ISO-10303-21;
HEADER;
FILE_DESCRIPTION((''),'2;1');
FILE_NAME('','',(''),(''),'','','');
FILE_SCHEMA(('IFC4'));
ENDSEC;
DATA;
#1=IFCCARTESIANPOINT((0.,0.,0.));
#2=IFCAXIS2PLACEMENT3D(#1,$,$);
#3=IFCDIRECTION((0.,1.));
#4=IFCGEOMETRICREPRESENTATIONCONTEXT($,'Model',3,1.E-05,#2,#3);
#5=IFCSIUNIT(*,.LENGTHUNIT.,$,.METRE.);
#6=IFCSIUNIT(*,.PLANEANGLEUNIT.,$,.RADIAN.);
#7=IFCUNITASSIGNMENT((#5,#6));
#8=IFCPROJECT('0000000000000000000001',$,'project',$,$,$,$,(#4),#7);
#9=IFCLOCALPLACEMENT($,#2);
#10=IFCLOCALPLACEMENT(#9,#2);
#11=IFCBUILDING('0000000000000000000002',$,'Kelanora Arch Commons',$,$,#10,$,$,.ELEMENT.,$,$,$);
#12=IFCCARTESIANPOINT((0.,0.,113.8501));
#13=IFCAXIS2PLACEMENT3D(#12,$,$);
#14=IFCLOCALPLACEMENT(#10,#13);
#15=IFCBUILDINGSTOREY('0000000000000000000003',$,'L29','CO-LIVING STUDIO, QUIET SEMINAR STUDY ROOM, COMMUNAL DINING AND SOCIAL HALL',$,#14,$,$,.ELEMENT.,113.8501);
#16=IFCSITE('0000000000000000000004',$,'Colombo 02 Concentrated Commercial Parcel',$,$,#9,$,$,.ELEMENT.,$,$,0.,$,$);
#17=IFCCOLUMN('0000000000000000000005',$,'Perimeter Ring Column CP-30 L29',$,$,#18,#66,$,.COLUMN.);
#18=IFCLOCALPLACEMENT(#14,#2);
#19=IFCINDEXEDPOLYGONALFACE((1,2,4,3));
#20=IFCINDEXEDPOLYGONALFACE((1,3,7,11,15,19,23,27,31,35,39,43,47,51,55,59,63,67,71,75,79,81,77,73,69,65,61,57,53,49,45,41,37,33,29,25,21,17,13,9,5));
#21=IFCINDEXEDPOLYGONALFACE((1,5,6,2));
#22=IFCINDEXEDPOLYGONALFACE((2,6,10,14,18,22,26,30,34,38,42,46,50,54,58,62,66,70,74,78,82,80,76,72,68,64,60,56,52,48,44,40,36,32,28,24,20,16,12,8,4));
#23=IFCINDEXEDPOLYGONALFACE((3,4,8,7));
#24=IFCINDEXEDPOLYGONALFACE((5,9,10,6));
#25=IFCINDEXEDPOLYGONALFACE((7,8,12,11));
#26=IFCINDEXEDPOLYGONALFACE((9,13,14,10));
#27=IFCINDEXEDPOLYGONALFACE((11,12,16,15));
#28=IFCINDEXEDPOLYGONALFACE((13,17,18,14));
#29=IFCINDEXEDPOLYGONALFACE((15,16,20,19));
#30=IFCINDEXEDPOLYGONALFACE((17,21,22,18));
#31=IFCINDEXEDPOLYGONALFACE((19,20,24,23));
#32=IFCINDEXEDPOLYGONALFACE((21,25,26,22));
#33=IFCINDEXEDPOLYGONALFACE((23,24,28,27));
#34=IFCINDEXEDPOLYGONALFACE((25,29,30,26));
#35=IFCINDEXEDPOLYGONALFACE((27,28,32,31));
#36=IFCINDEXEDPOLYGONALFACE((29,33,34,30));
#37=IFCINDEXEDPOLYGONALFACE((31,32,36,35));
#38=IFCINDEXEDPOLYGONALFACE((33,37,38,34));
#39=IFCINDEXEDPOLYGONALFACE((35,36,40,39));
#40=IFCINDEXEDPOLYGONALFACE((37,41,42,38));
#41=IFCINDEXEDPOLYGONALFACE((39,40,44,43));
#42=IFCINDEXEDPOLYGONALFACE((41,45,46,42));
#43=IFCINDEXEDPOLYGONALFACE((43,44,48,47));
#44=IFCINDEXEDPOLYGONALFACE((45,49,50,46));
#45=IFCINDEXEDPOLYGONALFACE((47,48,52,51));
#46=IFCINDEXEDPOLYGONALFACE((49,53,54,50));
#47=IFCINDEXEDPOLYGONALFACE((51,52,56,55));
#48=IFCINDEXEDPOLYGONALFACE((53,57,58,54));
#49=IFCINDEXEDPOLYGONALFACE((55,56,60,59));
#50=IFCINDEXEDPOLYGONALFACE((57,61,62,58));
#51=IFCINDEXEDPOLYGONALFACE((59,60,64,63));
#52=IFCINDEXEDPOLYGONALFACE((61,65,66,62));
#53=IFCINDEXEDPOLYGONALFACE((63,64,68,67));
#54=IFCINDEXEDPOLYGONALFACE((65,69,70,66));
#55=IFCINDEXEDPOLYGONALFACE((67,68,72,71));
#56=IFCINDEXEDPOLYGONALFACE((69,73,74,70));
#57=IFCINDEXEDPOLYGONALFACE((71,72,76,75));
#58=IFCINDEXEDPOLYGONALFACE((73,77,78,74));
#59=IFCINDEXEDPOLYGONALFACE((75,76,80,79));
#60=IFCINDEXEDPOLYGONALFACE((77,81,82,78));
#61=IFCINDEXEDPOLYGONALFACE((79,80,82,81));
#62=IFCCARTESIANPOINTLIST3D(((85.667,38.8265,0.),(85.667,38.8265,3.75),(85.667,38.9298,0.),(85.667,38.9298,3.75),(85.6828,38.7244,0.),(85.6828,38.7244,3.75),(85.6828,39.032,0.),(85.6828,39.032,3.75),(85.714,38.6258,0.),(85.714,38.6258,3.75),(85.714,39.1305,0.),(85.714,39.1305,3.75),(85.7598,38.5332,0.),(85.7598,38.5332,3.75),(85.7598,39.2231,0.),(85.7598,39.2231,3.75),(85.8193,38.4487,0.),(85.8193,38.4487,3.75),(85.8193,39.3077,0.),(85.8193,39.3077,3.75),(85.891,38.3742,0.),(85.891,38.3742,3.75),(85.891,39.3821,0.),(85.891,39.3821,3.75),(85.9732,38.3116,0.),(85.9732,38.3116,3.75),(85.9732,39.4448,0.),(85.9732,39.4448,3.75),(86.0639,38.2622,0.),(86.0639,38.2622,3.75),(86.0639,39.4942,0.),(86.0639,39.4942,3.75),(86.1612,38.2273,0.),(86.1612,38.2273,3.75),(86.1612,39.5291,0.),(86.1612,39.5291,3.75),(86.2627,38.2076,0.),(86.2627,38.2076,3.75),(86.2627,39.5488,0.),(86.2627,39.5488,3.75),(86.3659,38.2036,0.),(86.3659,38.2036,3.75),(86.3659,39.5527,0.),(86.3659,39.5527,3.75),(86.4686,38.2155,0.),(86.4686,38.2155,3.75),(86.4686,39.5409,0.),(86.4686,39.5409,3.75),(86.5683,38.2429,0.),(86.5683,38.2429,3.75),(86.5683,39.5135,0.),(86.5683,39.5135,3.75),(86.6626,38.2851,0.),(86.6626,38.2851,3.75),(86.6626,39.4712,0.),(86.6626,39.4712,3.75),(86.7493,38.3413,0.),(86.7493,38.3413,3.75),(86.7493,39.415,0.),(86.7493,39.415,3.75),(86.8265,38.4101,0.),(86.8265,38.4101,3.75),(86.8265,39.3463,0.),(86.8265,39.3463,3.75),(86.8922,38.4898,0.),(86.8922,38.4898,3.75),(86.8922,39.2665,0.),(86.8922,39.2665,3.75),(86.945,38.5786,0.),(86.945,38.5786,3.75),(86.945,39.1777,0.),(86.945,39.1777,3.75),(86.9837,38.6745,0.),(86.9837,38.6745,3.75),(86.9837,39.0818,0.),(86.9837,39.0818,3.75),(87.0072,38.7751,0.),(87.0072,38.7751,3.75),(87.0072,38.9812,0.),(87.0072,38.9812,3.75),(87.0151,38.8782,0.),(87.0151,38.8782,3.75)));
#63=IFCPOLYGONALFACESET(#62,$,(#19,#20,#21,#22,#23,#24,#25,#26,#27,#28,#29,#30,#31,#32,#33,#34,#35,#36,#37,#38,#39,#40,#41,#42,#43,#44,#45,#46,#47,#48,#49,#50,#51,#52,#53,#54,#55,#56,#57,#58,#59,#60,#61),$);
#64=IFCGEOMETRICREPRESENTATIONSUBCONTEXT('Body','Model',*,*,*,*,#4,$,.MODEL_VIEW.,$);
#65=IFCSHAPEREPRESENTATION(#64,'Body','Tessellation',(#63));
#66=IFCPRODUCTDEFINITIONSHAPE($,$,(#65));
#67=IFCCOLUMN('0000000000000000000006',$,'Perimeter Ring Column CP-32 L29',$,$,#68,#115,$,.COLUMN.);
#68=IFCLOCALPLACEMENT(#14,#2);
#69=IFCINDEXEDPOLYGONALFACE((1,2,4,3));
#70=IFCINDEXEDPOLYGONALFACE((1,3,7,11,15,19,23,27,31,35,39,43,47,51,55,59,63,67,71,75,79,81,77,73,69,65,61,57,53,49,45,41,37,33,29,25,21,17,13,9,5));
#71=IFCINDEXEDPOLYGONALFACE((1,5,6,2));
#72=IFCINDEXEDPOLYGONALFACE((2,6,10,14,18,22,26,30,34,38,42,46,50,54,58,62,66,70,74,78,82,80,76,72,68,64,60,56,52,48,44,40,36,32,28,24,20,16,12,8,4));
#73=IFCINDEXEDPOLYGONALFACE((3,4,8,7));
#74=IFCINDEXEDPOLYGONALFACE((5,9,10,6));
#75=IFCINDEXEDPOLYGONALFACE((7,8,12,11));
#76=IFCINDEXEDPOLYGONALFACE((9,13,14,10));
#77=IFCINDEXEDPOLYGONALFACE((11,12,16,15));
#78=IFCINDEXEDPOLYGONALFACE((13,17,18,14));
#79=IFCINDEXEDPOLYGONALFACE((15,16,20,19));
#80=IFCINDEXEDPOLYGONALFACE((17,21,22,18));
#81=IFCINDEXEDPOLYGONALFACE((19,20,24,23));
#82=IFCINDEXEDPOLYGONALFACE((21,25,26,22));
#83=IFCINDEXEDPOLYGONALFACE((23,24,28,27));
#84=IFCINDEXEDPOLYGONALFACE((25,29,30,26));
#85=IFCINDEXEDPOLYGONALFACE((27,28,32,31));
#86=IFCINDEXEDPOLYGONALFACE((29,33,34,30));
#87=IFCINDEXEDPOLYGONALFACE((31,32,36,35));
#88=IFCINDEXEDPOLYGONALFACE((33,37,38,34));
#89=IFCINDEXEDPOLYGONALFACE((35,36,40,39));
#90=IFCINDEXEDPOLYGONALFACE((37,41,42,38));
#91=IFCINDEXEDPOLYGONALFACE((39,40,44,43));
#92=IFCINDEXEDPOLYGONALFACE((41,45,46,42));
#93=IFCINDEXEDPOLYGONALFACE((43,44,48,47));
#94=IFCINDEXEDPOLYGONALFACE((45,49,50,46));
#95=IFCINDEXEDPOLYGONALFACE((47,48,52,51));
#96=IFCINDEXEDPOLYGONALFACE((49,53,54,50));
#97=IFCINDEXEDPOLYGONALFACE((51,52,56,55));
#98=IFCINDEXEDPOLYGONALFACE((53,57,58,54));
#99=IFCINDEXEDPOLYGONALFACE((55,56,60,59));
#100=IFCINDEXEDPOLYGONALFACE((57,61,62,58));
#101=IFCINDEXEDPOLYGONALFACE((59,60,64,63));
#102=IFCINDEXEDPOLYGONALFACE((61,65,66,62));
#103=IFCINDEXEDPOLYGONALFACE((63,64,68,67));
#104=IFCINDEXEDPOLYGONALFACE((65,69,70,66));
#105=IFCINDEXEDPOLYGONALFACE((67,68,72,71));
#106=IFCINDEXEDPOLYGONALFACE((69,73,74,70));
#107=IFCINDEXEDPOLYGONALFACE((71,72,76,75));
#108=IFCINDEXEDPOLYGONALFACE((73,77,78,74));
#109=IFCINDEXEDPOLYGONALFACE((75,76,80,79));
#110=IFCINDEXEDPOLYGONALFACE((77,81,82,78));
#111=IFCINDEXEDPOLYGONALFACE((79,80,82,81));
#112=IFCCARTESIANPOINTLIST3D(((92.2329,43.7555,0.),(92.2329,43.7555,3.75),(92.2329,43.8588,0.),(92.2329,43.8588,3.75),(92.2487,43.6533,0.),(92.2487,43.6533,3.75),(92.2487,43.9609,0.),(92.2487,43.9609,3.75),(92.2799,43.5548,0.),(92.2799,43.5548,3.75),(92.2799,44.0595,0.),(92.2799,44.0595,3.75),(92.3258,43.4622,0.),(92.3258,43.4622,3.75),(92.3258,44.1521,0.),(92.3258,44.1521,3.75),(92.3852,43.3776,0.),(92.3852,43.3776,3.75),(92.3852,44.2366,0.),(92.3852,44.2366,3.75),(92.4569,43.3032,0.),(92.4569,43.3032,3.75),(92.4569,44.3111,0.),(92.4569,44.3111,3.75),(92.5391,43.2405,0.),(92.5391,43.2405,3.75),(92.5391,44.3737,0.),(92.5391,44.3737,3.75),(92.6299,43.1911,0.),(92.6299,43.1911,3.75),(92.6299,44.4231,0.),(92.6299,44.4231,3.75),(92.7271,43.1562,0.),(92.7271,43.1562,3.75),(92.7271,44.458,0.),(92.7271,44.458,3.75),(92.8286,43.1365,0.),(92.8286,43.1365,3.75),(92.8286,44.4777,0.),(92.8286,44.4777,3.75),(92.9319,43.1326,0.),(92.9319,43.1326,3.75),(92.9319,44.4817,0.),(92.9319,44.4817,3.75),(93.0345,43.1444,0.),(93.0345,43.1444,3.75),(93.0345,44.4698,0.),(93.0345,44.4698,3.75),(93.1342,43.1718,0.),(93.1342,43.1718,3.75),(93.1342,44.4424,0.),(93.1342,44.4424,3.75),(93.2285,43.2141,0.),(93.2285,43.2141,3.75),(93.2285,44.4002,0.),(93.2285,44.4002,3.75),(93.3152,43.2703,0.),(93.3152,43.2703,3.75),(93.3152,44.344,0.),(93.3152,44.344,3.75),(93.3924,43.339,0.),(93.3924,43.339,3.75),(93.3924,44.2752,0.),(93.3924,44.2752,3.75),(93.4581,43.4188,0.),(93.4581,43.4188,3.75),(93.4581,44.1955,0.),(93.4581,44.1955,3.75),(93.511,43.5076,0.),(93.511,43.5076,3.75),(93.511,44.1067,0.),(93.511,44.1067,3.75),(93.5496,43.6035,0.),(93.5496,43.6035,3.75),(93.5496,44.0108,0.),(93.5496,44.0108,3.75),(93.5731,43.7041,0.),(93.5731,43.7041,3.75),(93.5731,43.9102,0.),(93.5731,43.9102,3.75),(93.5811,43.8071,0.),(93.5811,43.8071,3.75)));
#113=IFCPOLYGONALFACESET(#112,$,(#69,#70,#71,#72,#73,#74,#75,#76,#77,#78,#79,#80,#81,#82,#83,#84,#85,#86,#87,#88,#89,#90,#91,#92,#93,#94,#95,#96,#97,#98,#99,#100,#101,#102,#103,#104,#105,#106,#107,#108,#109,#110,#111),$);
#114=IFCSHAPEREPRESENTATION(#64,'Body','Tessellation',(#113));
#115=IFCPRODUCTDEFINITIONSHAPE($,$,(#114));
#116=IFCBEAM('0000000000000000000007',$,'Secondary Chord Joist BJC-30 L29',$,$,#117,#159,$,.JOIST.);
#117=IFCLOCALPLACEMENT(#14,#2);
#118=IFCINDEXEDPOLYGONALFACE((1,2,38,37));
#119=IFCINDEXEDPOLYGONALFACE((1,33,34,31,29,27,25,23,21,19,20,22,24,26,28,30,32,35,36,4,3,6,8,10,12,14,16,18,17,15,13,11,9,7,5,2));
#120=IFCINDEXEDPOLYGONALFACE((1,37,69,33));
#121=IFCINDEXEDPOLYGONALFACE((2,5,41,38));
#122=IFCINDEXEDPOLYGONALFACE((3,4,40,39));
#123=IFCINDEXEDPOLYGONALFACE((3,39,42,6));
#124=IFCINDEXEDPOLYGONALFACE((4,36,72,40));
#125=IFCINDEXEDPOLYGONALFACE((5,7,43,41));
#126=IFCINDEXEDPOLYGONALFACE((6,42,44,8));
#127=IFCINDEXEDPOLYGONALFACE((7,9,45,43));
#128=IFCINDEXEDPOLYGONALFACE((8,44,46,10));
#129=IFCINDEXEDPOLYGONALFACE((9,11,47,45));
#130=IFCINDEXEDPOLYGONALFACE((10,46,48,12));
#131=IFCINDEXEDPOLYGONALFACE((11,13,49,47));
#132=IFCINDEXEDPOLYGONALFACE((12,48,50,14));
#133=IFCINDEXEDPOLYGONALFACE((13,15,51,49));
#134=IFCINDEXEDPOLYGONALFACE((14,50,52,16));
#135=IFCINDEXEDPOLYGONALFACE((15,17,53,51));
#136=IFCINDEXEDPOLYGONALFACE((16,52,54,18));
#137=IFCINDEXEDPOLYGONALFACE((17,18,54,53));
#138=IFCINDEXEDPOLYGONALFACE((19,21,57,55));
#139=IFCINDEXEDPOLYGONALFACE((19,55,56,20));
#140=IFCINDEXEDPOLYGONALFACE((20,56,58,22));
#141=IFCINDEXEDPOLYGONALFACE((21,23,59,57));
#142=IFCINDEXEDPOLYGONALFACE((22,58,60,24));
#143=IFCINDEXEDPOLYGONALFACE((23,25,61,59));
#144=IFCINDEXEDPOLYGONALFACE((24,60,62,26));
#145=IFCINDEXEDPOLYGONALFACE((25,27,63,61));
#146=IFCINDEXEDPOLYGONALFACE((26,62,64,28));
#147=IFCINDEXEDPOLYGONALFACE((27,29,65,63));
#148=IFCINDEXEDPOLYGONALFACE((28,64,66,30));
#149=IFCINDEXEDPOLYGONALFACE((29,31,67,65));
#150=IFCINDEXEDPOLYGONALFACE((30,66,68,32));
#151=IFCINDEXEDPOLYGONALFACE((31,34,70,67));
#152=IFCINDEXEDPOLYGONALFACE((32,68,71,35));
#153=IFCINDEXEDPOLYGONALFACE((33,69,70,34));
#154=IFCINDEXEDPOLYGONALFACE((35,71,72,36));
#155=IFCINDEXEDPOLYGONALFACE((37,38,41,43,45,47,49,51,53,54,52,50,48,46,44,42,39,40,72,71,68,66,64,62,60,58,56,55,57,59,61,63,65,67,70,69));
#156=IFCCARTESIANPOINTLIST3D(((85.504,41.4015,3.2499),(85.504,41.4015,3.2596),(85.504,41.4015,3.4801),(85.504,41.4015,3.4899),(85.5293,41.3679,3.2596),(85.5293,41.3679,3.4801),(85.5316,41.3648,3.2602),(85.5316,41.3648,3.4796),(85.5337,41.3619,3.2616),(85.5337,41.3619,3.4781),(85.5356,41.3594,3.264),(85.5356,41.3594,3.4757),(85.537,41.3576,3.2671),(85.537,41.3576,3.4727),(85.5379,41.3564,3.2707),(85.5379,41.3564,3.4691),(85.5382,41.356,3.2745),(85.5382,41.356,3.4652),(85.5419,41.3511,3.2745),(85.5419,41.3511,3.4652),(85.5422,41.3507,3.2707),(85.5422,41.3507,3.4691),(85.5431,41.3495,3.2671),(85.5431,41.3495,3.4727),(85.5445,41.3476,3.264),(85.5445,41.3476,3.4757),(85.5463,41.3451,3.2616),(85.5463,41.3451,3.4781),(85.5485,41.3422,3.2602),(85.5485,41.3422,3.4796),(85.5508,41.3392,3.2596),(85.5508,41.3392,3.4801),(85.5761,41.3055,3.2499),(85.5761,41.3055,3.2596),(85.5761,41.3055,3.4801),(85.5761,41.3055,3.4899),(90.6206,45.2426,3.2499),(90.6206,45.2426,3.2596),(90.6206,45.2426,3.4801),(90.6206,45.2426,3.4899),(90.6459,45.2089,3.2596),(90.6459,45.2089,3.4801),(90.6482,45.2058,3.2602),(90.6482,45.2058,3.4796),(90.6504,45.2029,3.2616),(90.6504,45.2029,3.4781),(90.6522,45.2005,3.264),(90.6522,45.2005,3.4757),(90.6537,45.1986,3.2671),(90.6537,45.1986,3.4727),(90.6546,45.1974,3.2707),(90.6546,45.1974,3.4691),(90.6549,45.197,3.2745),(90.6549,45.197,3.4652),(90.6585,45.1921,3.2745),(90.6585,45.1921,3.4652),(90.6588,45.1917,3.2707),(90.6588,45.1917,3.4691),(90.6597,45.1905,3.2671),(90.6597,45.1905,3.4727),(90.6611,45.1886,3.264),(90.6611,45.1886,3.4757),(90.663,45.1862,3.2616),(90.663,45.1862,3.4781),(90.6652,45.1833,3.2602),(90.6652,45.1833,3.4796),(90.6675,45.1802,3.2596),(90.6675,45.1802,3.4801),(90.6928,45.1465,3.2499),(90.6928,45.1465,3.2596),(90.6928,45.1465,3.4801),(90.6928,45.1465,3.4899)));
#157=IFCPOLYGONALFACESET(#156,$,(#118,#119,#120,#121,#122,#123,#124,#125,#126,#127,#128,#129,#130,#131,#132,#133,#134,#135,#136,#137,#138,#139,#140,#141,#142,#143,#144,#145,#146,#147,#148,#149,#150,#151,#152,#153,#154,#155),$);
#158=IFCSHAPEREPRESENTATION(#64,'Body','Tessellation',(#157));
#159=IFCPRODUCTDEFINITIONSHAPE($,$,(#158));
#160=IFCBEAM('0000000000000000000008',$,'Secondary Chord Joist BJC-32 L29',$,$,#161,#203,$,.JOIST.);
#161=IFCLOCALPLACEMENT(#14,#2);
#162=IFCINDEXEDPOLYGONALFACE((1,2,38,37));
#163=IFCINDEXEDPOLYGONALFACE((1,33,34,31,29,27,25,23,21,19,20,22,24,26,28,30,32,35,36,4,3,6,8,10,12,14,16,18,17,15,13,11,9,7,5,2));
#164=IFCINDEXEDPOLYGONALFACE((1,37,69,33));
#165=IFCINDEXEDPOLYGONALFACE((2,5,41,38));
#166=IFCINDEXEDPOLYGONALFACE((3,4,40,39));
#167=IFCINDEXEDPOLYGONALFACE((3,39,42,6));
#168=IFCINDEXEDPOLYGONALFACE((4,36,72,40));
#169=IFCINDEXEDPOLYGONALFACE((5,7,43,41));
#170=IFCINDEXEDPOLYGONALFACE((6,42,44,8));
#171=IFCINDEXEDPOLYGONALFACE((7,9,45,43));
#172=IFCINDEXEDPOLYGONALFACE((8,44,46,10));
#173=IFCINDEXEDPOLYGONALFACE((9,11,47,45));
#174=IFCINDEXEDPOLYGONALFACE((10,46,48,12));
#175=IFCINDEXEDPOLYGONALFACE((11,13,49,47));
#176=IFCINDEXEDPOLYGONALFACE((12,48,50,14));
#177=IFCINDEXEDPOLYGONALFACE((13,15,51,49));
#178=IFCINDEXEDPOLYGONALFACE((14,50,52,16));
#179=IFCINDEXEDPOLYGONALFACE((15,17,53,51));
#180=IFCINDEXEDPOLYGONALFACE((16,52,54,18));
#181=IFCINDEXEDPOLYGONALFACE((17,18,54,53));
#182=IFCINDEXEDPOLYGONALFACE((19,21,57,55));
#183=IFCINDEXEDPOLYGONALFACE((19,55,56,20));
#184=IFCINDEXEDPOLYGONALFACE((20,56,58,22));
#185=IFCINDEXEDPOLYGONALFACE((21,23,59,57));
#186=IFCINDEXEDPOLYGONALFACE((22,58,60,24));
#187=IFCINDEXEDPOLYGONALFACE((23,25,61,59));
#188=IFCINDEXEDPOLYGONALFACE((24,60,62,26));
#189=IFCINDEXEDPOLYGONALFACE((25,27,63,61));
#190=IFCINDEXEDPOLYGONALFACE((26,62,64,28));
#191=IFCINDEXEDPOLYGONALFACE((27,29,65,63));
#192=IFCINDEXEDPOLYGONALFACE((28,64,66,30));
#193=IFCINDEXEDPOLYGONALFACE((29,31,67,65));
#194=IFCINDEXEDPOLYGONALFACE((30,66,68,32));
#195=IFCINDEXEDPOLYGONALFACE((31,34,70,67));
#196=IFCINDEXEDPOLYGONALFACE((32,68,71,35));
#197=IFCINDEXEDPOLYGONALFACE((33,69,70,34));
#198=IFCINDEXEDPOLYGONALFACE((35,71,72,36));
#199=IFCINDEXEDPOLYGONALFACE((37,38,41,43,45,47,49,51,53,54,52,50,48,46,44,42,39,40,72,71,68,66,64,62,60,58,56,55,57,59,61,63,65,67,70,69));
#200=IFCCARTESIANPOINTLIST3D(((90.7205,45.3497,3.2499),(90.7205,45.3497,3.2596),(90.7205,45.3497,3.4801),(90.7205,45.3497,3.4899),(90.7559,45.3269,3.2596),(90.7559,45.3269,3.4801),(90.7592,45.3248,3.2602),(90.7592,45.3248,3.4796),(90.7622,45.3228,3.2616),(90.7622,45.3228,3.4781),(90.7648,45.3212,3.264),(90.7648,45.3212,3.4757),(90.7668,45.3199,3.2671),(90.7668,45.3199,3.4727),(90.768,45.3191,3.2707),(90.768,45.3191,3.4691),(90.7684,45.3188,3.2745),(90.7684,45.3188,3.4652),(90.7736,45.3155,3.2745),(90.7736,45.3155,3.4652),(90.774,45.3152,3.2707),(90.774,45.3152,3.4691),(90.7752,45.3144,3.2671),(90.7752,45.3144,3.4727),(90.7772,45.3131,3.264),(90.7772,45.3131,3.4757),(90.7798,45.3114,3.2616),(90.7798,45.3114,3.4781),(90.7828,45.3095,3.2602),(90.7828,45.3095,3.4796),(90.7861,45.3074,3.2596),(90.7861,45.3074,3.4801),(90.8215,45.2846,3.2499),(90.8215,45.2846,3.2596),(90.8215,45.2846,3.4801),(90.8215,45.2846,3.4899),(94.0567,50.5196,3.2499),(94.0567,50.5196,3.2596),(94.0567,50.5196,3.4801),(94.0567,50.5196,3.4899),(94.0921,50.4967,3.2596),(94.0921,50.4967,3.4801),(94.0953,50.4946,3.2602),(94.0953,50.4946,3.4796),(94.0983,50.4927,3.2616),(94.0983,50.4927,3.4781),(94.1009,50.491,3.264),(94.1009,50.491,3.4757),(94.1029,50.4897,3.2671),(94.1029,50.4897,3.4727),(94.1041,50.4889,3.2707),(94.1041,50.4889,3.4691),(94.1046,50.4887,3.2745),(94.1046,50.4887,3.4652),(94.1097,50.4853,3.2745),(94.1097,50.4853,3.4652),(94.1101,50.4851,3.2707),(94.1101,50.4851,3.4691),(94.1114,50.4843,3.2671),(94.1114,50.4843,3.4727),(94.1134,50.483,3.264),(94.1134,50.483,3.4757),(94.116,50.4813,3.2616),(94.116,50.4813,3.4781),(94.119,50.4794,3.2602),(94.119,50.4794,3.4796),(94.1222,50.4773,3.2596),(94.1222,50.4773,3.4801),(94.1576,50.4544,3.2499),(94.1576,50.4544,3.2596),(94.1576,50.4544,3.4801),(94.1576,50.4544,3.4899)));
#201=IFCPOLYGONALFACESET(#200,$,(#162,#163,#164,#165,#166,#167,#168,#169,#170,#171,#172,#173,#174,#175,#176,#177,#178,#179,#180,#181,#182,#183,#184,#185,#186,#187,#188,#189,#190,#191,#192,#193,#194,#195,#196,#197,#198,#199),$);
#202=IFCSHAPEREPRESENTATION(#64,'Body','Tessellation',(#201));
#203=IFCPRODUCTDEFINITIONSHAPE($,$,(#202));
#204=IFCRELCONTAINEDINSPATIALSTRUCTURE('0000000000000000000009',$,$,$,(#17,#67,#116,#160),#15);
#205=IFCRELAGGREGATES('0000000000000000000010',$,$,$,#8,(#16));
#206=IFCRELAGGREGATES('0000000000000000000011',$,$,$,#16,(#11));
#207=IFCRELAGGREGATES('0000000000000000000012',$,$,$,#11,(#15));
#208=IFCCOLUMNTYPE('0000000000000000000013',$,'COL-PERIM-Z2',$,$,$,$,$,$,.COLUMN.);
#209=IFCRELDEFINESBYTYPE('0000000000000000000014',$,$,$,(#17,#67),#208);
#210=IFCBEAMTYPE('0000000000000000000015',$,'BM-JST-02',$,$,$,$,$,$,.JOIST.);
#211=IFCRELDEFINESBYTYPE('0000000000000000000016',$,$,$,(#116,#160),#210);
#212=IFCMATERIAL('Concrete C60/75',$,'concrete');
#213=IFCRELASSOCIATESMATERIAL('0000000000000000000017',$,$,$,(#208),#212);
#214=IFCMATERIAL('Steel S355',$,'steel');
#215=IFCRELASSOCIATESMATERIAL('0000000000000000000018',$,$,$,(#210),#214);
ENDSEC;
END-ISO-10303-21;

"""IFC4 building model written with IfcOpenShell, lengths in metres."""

from ifc_helpers import new_model, si_unit, direction, frame, origin, origin_2d, place, context, subcontext, project, spatial, circle, i_section, extrude, material, material_profile, profile_set, type_object, element, save


model = new_model("IFC4")

# Units and contexts
model_context = context("Model", 3, precision=1e-05, world=origin(), true_north=direction((0.0, 1.0)))
body_context = subcontext(model_context, "Body", "Model", "MODEL_VIEW")
ifc_project = project(units=[si_unit("LENGTHUNIT", "METRE"), si_unit("PLANEANGLEUNIT", "RADIAN")], contexts=[model_context])

# Site, building, storey
site_placement = place(None, origin())
site = spatial("IfcSite", under=ifc_project, at=site_placement, Name="Colombo 02 Concentrated Commercial Parcel", CompositionType="ELEMENT", RefElevation=0.0)
building_placement = place(site_placement, origin())
building = spatial("IfcBuilding", under=site, at=building_placement, Name="Kelanora Arch Commons", CompositionType="ELEMENT")
storey_placement = place(building_placement, frame((0.0, 0.0, 113.8501)))
storey = spatial("IfcBuildingStorey", under=building, at=storey_placement, Name="L29", Description="CO-LIVING STUDIO, QUIET SEMINAR STUDY ROOM, COMMUNAL DINING AND SOCIAL HALL", CompositionType="ELEMENT", Elevation=113.8501)

# Columns
ifc_material_1 = material(Name="Concrete C60/75", Category="concrete")
ifc_material_profile_1 = material_profile(ifc_material_1, circle(Radius=0.675, at=origin_2d()), Name="RCC1350")
ifc_profile_set_1 = profile_set([ifc_material_profile_1], Name="Concrete C60/75")
column_type = type_object("IfcColumnType", Name="COL-PERIM-Z2", PredefinedType="COLUMN", material=ifc_profile_set_1)
for number, where, z_axis, x_axis, name in (
    (1, (86.3401, 38.8782, 0.0), (0.0, 0.0, 1.0), (1.0, 0.0, 0.0), "Perimeter Ring Column CP-30 L29"),
    (2, (92.906, 43.8071, 0.0), (0.0, 0.0, 1.0), (1.0, 0.0, 0.0), "Perimeter Ring Column CP-32 L29"),
):
    element("IfcColumn", number, at=place(storey_placement, frame(where, z_axis=z_axis, x_axis=x_axis)), inside=storey, type_object=column_type, Name=name, PredefinedType="COLUMN", context=body_context, shape_type="SweptSolid", body=[
        extrude(circle(Radius=0.675, at=origin_2d()), origin(), (0.0, 0.0, 1.0), 3.75),
    ])

# Beams
ifc_material_2 = material(Name="Steel S355", Category="steel")
ifc_material_profile_2 = material_profile(ifc_material_2, i_section(OverallWidth=0.1201, OverallDepth=0.24, WebThickness=0.0061, FlangeThickness=0.0098, FilletRadius=0.0149, at=origin_2d()), Name="IPE240")
ifc_profile_set_2 = profile_set([ifc_material_profile_2], Name="Steel S355")
beam_type_1 = type_object("IfcBeamType", Name="BM-JST-02", PredefinedType="JOIST", material=ifc_profile_set_2)
beam_1_placement = place(storey_placement, frame((85.54, 41.3535, 3.3699), z_axis=(0.799734, 0.600354, 0.0), x_axis=(-0.600354, 0.799734, 0.0)))
element("IfcBeam", 3, at=beam_1_placement, inside=storey, type_object=beam_type_1, Name="Secondary Chord Joist BJC-30 L29", PredefinedType="JOIST", context=body_context, shape_type="SweptSolid", body=[
    extrude(i_section(OverallWidth=0.1201, OverallDepth=0.24, WebThickness=0.0061, FlangeThickness=0.0098, FilletRadius=0.0149, at=origin_2d()), origin(), (0.0, 0.0, 1.0), 6.3979),
])
beam_2_placement = place(storey_placement, frame((90.771, 45.3171, 3.3699), z_axis=(0.542213, 0.840241, 0.0), x_axis=(-0.840241, 0.542213, 0.0)))
element("IfcBeam", 4, at=beam_2_placement, inside=storey, type_object=beam_type_1, Name="Secondary Chord Joist BJC-32 L29", PredefinedType="JOIST", context=body_context, shape_type="SweptSolid", body=[
    extrude(i_section(OverallWidth=0.1201, OverallDepth=0.24, WebThickness=0.0061, FlangeThickness=0.0098, FilletRadius=0.0149, at=origin_2d()), origin(), (0.0, 0.0, 1.0), 6.1528),
])

save(model, "model.ifc")
